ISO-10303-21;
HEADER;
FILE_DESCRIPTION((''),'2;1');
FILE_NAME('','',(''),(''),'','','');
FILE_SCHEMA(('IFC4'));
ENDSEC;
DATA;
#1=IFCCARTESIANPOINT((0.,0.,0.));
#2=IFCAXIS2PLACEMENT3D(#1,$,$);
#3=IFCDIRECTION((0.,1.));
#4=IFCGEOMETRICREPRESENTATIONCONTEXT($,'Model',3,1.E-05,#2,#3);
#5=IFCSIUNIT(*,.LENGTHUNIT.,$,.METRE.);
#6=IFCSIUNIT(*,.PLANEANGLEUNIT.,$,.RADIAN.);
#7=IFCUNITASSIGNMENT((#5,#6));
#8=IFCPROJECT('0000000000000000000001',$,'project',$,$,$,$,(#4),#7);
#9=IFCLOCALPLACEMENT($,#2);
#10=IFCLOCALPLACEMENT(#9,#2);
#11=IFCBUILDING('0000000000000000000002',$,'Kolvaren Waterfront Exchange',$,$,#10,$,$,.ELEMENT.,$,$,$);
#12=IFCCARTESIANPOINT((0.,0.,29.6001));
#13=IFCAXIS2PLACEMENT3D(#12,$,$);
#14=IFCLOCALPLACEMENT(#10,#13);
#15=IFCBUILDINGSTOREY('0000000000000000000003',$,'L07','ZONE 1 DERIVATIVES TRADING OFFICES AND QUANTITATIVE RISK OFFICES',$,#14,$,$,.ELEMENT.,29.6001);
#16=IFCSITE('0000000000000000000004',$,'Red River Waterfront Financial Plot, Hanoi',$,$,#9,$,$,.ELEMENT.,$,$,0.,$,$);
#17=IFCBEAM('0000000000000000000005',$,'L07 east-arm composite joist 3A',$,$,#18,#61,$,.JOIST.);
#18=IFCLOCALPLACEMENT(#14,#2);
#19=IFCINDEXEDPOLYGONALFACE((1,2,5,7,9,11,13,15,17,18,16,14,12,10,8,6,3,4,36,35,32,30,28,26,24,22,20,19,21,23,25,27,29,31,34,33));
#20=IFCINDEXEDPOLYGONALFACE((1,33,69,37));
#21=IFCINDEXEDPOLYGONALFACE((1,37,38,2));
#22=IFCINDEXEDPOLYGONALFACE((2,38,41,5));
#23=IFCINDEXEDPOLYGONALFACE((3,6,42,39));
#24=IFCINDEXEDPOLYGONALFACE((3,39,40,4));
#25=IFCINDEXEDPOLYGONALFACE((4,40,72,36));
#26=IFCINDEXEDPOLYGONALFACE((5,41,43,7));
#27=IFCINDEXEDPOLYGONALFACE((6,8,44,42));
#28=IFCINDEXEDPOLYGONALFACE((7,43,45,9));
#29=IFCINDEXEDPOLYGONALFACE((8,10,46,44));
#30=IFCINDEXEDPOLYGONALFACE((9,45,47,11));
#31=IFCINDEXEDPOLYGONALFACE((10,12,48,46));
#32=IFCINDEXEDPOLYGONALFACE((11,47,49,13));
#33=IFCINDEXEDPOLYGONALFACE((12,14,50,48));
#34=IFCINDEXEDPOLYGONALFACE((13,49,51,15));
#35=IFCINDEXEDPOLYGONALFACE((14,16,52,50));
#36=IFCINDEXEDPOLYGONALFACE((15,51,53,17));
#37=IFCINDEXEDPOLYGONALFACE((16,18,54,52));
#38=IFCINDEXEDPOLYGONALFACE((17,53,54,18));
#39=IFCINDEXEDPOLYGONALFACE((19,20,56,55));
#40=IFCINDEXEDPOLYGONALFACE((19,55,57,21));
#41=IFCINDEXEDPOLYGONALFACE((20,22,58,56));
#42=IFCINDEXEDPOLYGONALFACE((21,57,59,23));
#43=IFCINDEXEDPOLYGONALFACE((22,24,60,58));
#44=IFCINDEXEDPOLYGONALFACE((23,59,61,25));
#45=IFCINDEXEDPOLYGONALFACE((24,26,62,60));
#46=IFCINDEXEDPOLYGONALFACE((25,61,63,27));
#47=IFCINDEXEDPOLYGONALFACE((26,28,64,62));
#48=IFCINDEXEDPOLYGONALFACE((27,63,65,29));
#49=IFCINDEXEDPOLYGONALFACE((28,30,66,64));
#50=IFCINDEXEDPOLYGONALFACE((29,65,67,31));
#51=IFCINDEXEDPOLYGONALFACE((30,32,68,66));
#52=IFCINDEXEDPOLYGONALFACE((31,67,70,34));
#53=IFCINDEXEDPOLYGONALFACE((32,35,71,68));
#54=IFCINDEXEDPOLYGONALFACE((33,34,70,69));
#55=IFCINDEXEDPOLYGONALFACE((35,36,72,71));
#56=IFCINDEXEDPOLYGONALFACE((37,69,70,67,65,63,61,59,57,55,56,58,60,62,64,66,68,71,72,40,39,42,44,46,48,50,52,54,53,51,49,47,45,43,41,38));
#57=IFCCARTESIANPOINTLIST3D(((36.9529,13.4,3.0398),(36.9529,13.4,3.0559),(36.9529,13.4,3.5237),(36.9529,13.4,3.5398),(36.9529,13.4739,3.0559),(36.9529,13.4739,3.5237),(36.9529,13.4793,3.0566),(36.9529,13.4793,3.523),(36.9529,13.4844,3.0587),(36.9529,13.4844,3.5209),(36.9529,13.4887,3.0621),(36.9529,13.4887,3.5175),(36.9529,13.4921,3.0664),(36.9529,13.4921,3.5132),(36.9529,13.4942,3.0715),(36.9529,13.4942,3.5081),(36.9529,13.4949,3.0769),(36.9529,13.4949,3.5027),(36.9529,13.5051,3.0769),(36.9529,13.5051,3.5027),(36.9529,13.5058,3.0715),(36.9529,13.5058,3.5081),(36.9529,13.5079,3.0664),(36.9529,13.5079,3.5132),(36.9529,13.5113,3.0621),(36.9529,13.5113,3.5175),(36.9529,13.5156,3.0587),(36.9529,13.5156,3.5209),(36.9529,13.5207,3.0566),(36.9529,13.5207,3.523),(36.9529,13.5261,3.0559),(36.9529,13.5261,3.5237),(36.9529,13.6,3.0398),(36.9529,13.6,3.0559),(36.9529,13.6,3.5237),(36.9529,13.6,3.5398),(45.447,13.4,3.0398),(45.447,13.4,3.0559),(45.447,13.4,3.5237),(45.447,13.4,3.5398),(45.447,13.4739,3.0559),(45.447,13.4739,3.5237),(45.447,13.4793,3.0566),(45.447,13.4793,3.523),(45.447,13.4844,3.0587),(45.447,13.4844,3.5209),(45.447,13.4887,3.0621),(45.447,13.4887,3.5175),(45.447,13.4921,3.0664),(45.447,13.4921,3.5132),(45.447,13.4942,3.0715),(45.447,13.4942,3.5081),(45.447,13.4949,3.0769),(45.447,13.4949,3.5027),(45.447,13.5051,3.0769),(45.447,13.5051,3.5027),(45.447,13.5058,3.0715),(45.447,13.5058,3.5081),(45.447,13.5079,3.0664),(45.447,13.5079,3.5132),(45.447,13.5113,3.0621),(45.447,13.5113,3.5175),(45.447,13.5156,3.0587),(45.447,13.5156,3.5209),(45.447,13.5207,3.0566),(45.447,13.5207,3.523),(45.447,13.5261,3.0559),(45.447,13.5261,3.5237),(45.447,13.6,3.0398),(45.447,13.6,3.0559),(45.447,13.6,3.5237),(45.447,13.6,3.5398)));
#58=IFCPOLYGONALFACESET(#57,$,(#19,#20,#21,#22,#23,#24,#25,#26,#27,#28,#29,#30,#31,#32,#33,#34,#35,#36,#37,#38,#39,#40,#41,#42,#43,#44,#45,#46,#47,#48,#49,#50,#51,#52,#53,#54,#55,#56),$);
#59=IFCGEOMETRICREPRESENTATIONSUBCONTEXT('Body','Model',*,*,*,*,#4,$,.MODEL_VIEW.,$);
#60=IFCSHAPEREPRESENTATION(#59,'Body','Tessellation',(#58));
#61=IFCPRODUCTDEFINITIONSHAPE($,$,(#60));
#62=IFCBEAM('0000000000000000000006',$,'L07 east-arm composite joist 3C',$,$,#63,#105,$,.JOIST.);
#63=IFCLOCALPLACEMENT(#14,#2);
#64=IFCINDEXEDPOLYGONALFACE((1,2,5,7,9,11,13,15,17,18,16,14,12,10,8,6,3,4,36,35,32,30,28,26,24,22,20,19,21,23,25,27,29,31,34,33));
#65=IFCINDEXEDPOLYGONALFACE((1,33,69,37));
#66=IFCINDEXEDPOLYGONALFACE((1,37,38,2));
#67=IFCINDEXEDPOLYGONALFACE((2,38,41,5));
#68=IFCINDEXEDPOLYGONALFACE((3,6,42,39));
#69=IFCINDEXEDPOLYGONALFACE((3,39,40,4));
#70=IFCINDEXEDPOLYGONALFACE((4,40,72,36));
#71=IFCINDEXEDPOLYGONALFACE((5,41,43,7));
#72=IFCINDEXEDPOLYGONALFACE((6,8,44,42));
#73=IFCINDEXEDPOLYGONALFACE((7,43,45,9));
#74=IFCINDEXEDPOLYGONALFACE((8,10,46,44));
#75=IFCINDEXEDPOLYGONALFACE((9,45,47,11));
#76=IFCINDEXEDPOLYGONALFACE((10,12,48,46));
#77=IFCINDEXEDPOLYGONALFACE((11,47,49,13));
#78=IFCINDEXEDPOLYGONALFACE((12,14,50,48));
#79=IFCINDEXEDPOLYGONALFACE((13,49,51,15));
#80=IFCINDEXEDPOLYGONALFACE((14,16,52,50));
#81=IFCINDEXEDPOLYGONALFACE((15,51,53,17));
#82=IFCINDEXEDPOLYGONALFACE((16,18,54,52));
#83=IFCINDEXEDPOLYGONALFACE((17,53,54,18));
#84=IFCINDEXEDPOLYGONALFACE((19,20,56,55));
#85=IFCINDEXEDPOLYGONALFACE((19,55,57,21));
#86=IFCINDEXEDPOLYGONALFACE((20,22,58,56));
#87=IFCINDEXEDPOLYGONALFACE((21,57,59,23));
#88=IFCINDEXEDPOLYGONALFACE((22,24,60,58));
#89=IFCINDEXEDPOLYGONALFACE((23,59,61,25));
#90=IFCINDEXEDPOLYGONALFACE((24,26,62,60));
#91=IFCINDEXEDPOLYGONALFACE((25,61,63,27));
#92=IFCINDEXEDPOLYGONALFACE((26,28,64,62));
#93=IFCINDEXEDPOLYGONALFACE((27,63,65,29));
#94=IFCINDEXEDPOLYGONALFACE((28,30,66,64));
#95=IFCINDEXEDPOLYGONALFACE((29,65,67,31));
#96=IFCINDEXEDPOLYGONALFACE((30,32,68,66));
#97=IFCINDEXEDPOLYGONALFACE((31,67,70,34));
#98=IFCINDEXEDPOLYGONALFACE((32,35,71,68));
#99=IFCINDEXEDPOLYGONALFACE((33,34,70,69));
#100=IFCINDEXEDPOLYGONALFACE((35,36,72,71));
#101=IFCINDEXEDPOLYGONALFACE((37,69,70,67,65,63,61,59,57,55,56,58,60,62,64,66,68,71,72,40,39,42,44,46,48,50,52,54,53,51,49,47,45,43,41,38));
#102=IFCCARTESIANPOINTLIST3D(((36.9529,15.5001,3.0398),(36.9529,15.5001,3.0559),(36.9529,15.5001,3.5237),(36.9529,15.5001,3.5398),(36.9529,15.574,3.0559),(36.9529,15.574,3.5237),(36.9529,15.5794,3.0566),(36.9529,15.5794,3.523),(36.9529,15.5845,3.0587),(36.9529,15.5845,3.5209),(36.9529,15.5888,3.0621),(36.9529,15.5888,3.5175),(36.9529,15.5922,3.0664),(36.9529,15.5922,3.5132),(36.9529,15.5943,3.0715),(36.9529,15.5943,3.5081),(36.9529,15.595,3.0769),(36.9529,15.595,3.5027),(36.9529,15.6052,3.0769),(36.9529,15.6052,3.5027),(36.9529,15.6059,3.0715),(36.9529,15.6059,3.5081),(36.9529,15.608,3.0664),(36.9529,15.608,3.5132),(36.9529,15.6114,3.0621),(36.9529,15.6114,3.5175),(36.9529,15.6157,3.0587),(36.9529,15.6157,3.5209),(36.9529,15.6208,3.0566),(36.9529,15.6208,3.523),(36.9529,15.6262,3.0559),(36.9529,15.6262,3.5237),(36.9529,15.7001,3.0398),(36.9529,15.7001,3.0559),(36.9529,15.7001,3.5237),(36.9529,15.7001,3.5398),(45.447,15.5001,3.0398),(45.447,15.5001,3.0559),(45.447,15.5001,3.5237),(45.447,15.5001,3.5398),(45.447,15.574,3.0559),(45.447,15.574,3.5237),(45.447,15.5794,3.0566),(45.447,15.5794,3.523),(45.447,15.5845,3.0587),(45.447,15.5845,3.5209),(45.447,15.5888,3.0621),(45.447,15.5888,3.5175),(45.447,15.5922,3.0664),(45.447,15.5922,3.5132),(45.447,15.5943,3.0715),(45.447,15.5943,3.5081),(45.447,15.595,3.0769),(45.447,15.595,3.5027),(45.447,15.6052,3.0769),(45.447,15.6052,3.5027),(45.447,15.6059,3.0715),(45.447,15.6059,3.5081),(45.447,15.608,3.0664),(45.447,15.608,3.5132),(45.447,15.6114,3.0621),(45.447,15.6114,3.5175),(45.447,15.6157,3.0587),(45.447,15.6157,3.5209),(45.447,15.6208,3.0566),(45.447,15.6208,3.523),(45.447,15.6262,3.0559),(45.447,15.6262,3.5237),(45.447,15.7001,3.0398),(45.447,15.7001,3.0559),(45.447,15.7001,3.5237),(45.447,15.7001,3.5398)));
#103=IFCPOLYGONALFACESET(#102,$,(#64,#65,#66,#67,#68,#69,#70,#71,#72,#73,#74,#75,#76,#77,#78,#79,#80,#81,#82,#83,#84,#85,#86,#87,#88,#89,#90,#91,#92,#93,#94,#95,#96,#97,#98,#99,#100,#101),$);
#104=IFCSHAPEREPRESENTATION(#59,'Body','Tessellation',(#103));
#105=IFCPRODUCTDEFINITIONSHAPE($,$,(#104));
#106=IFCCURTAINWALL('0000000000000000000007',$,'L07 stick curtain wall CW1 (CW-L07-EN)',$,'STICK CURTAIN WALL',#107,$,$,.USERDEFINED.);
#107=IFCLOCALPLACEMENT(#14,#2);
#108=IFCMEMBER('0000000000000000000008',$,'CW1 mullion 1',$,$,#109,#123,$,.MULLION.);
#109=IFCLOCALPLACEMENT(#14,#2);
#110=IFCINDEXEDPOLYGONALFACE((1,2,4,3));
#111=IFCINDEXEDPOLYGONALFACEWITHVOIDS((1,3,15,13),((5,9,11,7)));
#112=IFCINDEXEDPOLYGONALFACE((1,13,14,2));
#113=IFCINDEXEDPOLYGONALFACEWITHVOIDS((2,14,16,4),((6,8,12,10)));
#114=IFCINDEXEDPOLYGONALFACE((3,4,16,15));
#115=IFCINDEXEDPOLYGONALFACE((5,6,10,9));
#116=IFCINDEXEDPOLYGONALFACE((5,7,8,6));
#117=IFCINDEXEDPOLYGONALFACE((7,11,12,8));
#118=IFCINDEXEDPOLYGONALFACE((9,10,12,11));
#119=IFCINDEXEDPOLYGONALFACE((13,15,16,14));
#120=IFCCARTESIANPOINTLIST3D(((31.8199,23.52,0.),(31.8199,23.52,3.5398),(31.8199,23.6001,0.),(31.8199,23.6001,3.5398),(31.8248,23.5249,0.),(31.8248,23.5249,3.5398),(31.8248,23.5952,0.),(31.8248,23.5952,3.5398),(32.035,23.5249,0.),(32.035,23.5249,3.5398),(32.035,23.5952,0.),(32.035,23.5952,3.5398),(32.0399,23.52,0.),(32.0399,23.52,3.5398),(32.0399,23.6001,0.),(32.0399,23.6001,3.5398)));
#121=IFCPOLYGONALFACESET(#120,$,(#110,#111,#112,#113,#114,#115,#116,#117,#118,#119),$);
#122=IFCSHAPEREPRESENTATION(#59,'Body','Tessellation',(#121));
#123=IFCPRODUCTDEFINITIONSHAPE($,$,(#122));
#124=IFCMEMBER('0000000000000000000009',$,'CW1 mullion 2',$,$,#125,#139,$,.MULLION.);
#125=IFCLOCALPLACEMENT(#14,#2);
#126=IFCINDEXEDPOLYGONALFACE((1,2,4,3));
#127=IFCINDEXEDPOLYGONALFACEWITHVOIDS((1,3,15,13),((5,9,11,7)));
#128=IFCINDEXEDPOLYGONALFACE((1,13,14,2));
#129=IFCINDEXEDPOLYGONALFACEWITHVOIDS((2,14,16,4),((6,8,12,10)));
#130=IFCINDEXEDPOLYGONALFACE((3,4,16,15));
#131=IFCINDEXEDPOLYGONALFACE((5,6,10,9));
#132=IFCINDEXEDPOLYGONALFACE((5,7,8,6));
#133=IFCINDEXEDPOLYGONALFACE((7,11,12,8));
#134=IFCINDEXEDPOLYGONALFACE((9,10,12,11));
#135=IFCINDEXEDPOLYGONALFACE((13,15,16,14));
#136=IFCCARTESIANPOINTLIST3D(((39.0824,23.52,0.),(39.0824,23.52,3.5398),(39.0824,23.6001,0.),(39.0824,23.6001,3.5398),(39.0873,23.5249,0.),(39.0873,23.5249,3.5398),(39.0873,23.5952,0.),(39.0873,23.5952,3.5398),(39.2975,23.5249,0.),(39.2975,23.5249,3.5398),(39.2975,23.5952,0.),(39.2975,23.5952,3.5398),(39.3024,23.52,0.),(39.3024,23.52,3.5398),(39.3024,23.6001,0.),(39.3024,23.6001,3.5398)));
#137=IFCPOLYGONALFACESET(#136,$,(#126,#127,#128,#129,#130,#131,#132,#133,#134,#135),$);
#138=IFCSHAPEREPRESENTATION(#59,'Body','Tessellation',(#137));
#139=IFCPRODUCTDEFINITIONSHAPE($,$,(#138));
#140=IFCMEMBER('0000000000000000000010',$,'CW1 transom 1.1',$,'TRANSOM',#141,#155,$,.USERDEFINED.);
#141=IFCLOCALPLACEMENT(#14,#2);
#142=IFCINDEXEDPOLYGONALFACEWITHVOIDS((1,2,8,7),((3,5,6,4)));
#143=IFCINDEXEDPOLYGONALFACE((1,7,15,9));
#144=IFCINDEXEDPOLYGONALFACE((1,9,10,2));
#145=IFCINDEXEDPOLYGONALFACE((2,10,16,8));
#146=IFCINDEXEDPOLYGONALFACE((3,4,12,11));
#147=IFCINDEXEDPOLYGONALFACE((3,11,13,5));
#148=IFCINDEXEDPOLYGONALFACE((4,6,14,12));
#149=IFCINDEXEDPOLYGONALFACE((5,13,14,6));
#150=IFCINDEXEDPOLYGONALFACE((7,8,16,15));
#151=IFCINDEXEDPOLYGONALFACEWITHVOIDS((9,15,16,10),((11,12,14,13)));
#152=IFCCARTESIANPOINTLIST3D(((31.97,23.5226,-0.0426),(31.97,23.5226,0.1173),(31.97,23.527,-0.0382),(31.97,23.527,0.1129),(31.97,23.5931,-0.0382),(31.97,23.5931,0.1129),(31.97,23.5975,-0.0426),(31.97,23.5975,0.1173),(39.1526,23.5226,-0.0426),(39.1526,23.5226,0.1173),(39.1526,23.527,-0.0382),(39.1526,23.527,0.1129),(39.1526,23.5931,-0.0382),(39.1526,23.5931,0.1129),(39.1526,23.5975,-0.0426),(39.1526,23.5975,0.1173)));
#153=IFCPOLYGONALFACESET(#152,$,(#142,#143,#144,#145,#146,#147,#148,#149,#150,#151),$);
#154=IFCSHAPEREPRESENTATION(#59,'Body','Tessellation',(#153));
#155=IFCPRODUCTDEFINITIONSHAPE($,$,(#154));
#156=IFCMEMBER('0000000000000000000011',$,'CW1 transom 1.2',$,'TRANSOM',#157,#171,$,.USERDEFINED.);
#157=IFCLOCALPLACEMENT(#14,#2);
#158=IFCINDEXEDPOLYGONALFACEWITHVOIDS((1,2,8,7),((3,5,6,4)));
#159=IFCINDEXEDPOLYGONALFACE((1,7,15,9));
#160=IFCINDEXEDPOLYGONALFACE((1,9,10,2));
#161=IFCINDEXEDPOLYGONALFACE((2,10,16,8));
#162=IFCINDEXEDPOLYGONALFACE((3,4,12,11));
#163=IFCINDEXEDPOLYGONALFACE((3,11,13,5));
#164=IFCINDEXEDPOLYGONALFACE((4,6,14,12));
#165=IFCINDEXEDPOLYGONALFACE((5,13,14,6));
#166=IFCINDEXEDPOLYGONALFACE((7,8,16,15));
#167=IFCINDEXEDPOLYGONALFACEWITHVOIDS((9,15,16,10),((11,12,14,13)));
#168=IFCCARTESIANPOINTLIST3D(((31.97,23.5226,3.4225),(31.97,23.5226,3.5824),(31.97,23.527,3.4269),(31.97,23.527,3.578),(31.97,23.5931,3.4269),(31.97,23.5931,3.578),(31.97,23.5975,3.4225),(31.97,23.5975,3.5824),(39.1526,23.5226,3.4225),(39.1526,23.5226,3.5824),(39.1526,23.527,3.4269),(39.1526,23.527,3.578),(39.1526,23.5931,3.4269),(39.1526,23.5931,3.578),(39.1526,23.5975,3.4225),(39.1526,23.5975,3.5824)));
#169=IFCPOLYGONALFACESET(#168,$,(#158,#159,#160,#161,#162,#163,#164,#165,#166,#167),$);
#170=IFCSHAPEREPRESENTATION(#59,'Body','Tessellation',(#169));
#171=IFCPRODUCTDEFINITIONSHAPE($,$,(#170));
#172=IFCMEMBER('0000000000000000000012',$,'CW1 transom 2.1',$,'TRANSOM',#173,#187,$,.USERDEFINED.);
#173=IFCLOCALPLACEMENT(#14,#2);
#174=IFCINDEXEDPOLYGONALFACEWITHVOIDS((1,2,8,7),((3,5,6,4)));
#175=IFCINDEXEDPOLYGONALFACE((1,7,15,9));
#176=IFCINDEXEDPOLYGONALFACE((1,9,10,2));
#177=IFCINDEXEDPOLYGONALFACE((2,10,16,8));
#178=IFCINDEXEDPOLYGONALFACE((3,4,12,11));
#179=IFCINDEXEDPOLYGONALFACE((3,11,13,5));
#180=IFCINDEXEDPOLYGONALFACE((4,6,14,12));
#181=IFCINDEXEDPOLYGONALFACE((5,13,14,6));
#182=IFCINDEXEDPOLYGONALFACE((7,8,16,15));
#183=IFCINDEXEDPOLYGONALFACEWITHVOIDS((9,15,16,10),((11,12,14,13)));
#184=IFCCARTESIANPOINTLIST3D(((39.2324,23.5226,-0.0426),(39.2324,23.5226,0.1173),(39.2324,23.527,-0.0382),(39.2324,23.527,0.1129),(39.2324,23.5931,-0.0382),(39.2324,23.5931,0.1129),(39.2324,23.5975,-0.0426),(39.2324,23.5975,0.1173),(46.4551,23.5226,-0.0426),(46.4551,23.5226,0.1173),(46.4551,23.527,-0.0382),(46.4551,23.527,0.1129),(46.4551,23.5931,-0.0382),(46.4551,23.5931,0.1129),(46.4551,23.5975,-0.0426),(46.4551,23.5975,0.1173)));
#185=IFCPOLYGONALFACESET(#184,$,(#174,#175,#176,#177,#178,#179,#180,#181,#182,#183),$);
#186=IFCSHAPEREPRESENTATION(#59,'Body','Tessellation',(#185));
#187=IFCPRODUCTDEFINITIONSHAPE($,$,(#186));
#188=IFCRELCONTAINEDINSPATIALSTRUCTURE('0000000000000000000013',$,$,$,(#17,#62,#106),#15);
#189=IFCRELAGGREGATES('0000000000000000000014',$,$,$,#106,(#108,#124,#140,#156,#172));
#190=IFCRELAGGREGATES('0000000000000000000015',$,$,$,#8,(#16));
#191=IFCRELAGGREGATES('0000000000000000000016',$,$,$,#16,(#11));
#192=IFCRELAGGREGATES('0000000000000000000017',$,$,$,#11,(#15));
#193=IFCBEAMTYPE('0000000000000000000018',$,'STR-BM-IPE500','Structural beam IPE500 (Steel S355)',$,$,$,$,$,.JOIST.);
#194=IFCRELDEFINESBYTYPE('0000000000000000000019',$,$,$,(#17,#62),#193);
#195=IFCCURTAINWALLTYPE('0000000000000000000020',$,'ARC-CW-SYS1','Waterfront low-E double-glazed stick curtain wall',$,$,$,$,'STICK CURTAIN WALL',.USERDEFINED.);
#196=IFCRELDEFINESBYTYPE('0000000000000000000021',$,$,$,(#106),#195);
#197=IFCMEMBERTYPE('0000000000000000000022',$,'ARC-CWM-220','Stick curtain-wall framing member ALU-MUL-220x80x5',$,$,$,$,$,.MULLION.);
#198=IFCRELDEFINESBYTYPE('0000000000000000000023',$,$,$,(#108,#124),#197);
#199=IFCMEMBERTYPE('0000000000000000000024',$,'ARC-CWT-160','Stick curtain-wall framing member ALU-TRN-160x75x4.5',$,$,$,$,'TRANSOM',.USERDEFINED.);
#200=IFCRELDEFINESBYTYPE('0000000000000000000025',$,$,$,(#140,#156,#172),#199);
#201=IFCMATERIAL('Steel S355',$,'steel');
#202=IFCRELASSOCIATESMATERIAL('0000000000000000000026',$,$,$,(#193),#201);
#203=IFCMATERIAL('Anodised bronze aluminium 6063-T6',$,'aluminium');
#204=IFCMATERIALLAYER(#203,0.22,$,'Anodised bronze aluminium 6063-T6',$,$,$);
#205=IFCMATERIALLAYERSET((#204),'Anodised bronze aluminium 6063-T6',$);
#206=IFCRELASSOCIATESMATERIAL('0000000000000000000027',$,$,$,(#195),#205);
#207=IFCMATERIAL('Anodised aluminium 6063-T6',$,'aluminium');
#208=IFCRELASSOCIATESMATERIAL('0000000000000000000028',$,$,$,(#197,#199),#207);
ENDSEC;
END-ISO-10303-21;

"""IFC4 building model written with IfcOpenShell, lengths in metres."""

from ifc_helpers import new_model, si_unit, direction, frame, origin, origin_with_axes, origin_2d, place, context, subcontext, project, spatial, hollow_rectangle, i_section, extrude, source, transform, mapped, material, layer, layer_set, material_profile, profile_set, type_object, element, aggregate, save


model = new_model("IFC4")

# Units and contexts
model_context = context("Model", 3, precision=1e-05, world=origin(), true_north=direction((0.0, 1.0)))
body_context = subcontext(model_context, "Body", "Model", "MODEL_VIEW")
ifc_project = project(units=[si_unit("LENGTHUNIT", "METRE"), si_unit("PLANEANGLEUNIT", "RADIAN")], contexts=[model_context])

# Site, building, storey
site_placement = place(None, origin())
site = spatial("IfcSite", under=ifc_project, at=site_placement, Name="Red River Waterfront Financial Plot, Hanoi", CompositionType="ELEMENT", RefElevation=0.0)
building_placement = place(site_placement, origin())
building = spatial("IfcBuilding", under=site, at=building_placement, Name="Kolvaren Waterfront Exchange", CompositionType="ELEMENT")
storey_placement = place(building_placement, frame((0.0, 0.0, 29.6001)))
storey = spatial("IfcBuildingStorey", under=building, at=storey_placement, Name="L07", Description="ZONE 1 DERIVATIVES TRADING OFFICES AND QUANTITATIVE RISK OFFICES", CompositionType="ELEMENT", Elevation=29.6001)

# Beams
ifc_material_1 = material(Name="Steel S355", Category="steel")
ifc_material_profile_1 = material_profile(ifc_material_1, i_section(OverallWidth=0.2, OverallDepth=0.5, WebThickness=0.0103, FlangeThickness=0.0161, FilletRadius=0.021, at=origin_2d()), Name="IPE500")
ifc_profile_set_1 = profile_set([ifc_material_profile_1], Name="Steel S355")
beam_type_1 = type_object("IfcBeamType", Name="STR-BM-IPE500", Description="Structural beam IPE500 (Steel S355)", PredefinedType="JOIST", material=ifc_profile_set_1)
for number, where, z_axis, x_axis, name in (
    (1, (36.9529, 13.5, 3.2898), (1.0, 0.0, 0.0), (0.0, 1.0, 0.0), "L07 east-arm composite joist 3A"),
    (2, (36.9529, 15.6001, 3.2898), (1.0, 0.0, 0.0), (0.0, 1.0, 0.0), "L07 east-arm composite joist 3C"),
):
    element("IfcBeam", number, at=place(storey_placement, frame(where, z_axis=z_axis, x_axis=x_axis)), inside=storey, type_object=beam_type_1, Name=name, PredefinedType="JOIST", context=body_context, shape_type="SweptSolid", body=[
        extrude(i_section(OverallWidth=0.2, OverallDepth=0.5, WebThickness=0.0103, FlangeThickness=0.0161, FilletRadius=0.021, at=origin_2d()), origin(), (0.0, 0.0, 1.0), 8.4941),
    ])

# Curtain wall, members
ifc_material_2 = material(Name="Anodised bronze aluminium 6063-T6", Category="aluminium")
ifc_layer_1 = layer(ifc_material_2, 0.22, Name="Anodised bronze aluminium 6063-T6")
ifc_layer_set_1 = layer_set([ifc_layer_1], Name="Anodised bronze aluminium 6063-T6")
curtain_wall_type = type_object("IfcCurtainWallType", Name="ARC-CW-SYS1", Description="Waterfront low-E double-glazed stick curtain wall", ElementType="STICK CURTAIN WALL", PredefinedType="USERDEFINED", material=ifc_layer_set_1)
curtain_wall_placement = place(storey_placement, origin())
curtain_wall = element("IfcCurtainWall", 3, at=curtain_wall_placement, inside=storey, type_object=curtain_wall_type, Name="L07 stick curtain wall CW1 (CW-L07-EN)", ObjectType="STICK CURTAIN WALL", PredefinedType="USERDEFINED")
ifc_material_3 = material(Name="Anodised aluminium 6063-T6", Category="aluminium")
ifc_material_profile_2 = material_profile(ifc_material_3, hollow_rectangle(XDim=0.0801, YDim=0.22, WallThickness=0.0049, at=origin_2d()), Name="ALU-MUL-220x80x5")
ifc_profile_set_2 = profile_set([ifc_material_profile_2], Name="Anodised aluminium 6063-T6")
member_type_1 = type_object("IfcMemberType", Name="ARC-CWM-220", Description="Stick curtain-wall framing member ALU-MUL-220x80x5", PredefinedType="MULLION", material=ifc_profile_set_2)
shared_shape_1 = source(origin_with_axes(), body_context, "Body", "SweptSolid", [
    extrude(hollow_rectangle(XDim=0.0801, YDim=0.22, WallThickness=0.0049, at=origin_2d()), origin(), (0.0, 0.0, 1.0), 3.5398),
])
member_1_placement = place(storey_placement, frame((31.9299, 23.5601, 0.0), z_axis=(0.0, 0.0, 1.0), x_axis=(0.0, 1.0, 0.0)))
member_1 = element("IfcMember", 4, at=member_1_placement, type_object=member_type_1, Name="CW1 mullion 1", PredefinedType="MULLION", context=body_context, shape_type="MappedRepresentation", body=[
    mapped(shared_shape_1, transform((0.0, 0.0, 0.0), x_axis=(1.0, 0.0, 0.0), y_axis=(0.0, 1.0, 0.0), z_axis=(0.0, 0.0, 1.0), scale=1.0)),
])
member_2_placement = place(storey_placement, frame((39.1924, 23.5601, 0.0), z_axis=(0.0, 0.0, 1.0), x_axis=(0.0, 1.0, 0.0)))
member_2 = element("IfcMember", 5, at=member_2_placement, type_object=member_type_1, Name="CW1 mullion 2", PredefinedType="MULLION", context=body_context, shape_type="MappedRepresentation", body=[
    mapped(shared_shape_1, transform((0.0, 0.0, 0.0), x_axis=(1.0, 0.0, 0.0), y_axis=(0.0, 1.0, 0.0), z_axis=(0.0, 0.0, 1.0), scale=1.0)),
])
ifc_material_profile_3 = material_profile(ifc_material_3, hollow_rectangle(XDim=0.075, YDim=0.1599, WallThickness=0.0044, at=origin_2d()), Name="ALU-TRN-160x75x4.5")
ifc_profile_set_3 = profile_set([ifc_material_profile_3], Name="Anodised aluminium 6063-T6")
member_type_2 = type_object("IfcMemberType", Name="ARC-CWT-160", Description="Stick curtain-wall framing member ALU-TRN-160x75x4.5", ElementType="TRANSOM", PredefinedType="USERDEFINED", material=ifc_profile_set_3)
shared_shape_2 = source(origin_with_axes(), body_context, "Body", "SweptSolid", [
    extrude(hollow_rectangle(XDim=0.075, YDim=0.1599, WallThickness=0.0044, at=origin_2d()), origin(), (0.0, 0.0, 1.0), 7.1826),
])
member_3_placement = place(storey_placement, frame((31.97, 23.5601, 0.0374), z_axis=(1.0, 0.0, 0.0), x_axis=(0.0, 1.0, 0.0)))
member_3 = element("IfcMember", 6, at=member_3_placement, type_object=member_type_2, Name="CW1 transom 1.1", ObjectType="TRANSOM", PredefinedType="USERDEFINED", context=body_context, shape_type="MappedRepresentation", body=[
    mapped(shared_shape_2, transform((0.0, 0.0, 0.0), x_axis=(1.0, 0.0, 0.0), y_axis=(0.0, 1.0, 0.0), z_axis=(0.0, 0.0, 1.0), scale=1.0)),
])
member_4_placement = place(storey_placement, frame((31.97, 23.5601, 3.5024), z_axis=(1.0, 0.0, 0.0), x_axis=(0.0, 1.0, 0.0)))
member_4 = element("IfcMember", 7, at=member_4_placement, type_object=member_type_2, Name="CW1 transom 1.2", ObjectType="TRANSOM", PredefinedType="USERDEFINED", context=body_context, shape_type="MappedRepresentation", body=[
    mapped(shared_shape_2, transform((0.0, 0.0, 0.0), x_axis=(1.0, 0.0, 0.0), y_axis=(0.0, 1.0, 0.0), z_axis=(0.0, 0.0, 1.0), scale=1.0)),
])
shared_shape_3 = source(origin_with_axes(), body_context, "Body", "SweptSolid", [
    extrude(hollow_rectangle(XDim=0.075, YDim=0.1599, WallThickness=0.0044, at=origin_2d()), origin(), (0.0, 0.0, 1.0), 7.2227),
])
member_5_placement = place(storey_placement, frame((39.2324, 23.5601, 0.0374), z_axis=(1.0, 0.0, 0.0), x_axis=(0.0, 1.0, 0.0)))
member_5 = element("IfcMember", 8, at=member_5_placement, type_object=member_type_2, Name="CW1 transom 2.1", ObjectType="TRANSOM", PredefinedType="USERDEFINED", context=body_context, shape_type="MappedRepresentation", body=[
    mapped(shared_shape_3, transform((0.0, 0.0, 0.0), x_axis=(1.0, 0.0, 0.0), y_axis=(0.0, 1.0, 0.0), z_axis=(0.0, 0.0, 1.0), scale=1.0)),
])
aggregate(curtain_wall, [member_1, member_2, member_3, member_4, member_5])

save(model, "model.ifc")
